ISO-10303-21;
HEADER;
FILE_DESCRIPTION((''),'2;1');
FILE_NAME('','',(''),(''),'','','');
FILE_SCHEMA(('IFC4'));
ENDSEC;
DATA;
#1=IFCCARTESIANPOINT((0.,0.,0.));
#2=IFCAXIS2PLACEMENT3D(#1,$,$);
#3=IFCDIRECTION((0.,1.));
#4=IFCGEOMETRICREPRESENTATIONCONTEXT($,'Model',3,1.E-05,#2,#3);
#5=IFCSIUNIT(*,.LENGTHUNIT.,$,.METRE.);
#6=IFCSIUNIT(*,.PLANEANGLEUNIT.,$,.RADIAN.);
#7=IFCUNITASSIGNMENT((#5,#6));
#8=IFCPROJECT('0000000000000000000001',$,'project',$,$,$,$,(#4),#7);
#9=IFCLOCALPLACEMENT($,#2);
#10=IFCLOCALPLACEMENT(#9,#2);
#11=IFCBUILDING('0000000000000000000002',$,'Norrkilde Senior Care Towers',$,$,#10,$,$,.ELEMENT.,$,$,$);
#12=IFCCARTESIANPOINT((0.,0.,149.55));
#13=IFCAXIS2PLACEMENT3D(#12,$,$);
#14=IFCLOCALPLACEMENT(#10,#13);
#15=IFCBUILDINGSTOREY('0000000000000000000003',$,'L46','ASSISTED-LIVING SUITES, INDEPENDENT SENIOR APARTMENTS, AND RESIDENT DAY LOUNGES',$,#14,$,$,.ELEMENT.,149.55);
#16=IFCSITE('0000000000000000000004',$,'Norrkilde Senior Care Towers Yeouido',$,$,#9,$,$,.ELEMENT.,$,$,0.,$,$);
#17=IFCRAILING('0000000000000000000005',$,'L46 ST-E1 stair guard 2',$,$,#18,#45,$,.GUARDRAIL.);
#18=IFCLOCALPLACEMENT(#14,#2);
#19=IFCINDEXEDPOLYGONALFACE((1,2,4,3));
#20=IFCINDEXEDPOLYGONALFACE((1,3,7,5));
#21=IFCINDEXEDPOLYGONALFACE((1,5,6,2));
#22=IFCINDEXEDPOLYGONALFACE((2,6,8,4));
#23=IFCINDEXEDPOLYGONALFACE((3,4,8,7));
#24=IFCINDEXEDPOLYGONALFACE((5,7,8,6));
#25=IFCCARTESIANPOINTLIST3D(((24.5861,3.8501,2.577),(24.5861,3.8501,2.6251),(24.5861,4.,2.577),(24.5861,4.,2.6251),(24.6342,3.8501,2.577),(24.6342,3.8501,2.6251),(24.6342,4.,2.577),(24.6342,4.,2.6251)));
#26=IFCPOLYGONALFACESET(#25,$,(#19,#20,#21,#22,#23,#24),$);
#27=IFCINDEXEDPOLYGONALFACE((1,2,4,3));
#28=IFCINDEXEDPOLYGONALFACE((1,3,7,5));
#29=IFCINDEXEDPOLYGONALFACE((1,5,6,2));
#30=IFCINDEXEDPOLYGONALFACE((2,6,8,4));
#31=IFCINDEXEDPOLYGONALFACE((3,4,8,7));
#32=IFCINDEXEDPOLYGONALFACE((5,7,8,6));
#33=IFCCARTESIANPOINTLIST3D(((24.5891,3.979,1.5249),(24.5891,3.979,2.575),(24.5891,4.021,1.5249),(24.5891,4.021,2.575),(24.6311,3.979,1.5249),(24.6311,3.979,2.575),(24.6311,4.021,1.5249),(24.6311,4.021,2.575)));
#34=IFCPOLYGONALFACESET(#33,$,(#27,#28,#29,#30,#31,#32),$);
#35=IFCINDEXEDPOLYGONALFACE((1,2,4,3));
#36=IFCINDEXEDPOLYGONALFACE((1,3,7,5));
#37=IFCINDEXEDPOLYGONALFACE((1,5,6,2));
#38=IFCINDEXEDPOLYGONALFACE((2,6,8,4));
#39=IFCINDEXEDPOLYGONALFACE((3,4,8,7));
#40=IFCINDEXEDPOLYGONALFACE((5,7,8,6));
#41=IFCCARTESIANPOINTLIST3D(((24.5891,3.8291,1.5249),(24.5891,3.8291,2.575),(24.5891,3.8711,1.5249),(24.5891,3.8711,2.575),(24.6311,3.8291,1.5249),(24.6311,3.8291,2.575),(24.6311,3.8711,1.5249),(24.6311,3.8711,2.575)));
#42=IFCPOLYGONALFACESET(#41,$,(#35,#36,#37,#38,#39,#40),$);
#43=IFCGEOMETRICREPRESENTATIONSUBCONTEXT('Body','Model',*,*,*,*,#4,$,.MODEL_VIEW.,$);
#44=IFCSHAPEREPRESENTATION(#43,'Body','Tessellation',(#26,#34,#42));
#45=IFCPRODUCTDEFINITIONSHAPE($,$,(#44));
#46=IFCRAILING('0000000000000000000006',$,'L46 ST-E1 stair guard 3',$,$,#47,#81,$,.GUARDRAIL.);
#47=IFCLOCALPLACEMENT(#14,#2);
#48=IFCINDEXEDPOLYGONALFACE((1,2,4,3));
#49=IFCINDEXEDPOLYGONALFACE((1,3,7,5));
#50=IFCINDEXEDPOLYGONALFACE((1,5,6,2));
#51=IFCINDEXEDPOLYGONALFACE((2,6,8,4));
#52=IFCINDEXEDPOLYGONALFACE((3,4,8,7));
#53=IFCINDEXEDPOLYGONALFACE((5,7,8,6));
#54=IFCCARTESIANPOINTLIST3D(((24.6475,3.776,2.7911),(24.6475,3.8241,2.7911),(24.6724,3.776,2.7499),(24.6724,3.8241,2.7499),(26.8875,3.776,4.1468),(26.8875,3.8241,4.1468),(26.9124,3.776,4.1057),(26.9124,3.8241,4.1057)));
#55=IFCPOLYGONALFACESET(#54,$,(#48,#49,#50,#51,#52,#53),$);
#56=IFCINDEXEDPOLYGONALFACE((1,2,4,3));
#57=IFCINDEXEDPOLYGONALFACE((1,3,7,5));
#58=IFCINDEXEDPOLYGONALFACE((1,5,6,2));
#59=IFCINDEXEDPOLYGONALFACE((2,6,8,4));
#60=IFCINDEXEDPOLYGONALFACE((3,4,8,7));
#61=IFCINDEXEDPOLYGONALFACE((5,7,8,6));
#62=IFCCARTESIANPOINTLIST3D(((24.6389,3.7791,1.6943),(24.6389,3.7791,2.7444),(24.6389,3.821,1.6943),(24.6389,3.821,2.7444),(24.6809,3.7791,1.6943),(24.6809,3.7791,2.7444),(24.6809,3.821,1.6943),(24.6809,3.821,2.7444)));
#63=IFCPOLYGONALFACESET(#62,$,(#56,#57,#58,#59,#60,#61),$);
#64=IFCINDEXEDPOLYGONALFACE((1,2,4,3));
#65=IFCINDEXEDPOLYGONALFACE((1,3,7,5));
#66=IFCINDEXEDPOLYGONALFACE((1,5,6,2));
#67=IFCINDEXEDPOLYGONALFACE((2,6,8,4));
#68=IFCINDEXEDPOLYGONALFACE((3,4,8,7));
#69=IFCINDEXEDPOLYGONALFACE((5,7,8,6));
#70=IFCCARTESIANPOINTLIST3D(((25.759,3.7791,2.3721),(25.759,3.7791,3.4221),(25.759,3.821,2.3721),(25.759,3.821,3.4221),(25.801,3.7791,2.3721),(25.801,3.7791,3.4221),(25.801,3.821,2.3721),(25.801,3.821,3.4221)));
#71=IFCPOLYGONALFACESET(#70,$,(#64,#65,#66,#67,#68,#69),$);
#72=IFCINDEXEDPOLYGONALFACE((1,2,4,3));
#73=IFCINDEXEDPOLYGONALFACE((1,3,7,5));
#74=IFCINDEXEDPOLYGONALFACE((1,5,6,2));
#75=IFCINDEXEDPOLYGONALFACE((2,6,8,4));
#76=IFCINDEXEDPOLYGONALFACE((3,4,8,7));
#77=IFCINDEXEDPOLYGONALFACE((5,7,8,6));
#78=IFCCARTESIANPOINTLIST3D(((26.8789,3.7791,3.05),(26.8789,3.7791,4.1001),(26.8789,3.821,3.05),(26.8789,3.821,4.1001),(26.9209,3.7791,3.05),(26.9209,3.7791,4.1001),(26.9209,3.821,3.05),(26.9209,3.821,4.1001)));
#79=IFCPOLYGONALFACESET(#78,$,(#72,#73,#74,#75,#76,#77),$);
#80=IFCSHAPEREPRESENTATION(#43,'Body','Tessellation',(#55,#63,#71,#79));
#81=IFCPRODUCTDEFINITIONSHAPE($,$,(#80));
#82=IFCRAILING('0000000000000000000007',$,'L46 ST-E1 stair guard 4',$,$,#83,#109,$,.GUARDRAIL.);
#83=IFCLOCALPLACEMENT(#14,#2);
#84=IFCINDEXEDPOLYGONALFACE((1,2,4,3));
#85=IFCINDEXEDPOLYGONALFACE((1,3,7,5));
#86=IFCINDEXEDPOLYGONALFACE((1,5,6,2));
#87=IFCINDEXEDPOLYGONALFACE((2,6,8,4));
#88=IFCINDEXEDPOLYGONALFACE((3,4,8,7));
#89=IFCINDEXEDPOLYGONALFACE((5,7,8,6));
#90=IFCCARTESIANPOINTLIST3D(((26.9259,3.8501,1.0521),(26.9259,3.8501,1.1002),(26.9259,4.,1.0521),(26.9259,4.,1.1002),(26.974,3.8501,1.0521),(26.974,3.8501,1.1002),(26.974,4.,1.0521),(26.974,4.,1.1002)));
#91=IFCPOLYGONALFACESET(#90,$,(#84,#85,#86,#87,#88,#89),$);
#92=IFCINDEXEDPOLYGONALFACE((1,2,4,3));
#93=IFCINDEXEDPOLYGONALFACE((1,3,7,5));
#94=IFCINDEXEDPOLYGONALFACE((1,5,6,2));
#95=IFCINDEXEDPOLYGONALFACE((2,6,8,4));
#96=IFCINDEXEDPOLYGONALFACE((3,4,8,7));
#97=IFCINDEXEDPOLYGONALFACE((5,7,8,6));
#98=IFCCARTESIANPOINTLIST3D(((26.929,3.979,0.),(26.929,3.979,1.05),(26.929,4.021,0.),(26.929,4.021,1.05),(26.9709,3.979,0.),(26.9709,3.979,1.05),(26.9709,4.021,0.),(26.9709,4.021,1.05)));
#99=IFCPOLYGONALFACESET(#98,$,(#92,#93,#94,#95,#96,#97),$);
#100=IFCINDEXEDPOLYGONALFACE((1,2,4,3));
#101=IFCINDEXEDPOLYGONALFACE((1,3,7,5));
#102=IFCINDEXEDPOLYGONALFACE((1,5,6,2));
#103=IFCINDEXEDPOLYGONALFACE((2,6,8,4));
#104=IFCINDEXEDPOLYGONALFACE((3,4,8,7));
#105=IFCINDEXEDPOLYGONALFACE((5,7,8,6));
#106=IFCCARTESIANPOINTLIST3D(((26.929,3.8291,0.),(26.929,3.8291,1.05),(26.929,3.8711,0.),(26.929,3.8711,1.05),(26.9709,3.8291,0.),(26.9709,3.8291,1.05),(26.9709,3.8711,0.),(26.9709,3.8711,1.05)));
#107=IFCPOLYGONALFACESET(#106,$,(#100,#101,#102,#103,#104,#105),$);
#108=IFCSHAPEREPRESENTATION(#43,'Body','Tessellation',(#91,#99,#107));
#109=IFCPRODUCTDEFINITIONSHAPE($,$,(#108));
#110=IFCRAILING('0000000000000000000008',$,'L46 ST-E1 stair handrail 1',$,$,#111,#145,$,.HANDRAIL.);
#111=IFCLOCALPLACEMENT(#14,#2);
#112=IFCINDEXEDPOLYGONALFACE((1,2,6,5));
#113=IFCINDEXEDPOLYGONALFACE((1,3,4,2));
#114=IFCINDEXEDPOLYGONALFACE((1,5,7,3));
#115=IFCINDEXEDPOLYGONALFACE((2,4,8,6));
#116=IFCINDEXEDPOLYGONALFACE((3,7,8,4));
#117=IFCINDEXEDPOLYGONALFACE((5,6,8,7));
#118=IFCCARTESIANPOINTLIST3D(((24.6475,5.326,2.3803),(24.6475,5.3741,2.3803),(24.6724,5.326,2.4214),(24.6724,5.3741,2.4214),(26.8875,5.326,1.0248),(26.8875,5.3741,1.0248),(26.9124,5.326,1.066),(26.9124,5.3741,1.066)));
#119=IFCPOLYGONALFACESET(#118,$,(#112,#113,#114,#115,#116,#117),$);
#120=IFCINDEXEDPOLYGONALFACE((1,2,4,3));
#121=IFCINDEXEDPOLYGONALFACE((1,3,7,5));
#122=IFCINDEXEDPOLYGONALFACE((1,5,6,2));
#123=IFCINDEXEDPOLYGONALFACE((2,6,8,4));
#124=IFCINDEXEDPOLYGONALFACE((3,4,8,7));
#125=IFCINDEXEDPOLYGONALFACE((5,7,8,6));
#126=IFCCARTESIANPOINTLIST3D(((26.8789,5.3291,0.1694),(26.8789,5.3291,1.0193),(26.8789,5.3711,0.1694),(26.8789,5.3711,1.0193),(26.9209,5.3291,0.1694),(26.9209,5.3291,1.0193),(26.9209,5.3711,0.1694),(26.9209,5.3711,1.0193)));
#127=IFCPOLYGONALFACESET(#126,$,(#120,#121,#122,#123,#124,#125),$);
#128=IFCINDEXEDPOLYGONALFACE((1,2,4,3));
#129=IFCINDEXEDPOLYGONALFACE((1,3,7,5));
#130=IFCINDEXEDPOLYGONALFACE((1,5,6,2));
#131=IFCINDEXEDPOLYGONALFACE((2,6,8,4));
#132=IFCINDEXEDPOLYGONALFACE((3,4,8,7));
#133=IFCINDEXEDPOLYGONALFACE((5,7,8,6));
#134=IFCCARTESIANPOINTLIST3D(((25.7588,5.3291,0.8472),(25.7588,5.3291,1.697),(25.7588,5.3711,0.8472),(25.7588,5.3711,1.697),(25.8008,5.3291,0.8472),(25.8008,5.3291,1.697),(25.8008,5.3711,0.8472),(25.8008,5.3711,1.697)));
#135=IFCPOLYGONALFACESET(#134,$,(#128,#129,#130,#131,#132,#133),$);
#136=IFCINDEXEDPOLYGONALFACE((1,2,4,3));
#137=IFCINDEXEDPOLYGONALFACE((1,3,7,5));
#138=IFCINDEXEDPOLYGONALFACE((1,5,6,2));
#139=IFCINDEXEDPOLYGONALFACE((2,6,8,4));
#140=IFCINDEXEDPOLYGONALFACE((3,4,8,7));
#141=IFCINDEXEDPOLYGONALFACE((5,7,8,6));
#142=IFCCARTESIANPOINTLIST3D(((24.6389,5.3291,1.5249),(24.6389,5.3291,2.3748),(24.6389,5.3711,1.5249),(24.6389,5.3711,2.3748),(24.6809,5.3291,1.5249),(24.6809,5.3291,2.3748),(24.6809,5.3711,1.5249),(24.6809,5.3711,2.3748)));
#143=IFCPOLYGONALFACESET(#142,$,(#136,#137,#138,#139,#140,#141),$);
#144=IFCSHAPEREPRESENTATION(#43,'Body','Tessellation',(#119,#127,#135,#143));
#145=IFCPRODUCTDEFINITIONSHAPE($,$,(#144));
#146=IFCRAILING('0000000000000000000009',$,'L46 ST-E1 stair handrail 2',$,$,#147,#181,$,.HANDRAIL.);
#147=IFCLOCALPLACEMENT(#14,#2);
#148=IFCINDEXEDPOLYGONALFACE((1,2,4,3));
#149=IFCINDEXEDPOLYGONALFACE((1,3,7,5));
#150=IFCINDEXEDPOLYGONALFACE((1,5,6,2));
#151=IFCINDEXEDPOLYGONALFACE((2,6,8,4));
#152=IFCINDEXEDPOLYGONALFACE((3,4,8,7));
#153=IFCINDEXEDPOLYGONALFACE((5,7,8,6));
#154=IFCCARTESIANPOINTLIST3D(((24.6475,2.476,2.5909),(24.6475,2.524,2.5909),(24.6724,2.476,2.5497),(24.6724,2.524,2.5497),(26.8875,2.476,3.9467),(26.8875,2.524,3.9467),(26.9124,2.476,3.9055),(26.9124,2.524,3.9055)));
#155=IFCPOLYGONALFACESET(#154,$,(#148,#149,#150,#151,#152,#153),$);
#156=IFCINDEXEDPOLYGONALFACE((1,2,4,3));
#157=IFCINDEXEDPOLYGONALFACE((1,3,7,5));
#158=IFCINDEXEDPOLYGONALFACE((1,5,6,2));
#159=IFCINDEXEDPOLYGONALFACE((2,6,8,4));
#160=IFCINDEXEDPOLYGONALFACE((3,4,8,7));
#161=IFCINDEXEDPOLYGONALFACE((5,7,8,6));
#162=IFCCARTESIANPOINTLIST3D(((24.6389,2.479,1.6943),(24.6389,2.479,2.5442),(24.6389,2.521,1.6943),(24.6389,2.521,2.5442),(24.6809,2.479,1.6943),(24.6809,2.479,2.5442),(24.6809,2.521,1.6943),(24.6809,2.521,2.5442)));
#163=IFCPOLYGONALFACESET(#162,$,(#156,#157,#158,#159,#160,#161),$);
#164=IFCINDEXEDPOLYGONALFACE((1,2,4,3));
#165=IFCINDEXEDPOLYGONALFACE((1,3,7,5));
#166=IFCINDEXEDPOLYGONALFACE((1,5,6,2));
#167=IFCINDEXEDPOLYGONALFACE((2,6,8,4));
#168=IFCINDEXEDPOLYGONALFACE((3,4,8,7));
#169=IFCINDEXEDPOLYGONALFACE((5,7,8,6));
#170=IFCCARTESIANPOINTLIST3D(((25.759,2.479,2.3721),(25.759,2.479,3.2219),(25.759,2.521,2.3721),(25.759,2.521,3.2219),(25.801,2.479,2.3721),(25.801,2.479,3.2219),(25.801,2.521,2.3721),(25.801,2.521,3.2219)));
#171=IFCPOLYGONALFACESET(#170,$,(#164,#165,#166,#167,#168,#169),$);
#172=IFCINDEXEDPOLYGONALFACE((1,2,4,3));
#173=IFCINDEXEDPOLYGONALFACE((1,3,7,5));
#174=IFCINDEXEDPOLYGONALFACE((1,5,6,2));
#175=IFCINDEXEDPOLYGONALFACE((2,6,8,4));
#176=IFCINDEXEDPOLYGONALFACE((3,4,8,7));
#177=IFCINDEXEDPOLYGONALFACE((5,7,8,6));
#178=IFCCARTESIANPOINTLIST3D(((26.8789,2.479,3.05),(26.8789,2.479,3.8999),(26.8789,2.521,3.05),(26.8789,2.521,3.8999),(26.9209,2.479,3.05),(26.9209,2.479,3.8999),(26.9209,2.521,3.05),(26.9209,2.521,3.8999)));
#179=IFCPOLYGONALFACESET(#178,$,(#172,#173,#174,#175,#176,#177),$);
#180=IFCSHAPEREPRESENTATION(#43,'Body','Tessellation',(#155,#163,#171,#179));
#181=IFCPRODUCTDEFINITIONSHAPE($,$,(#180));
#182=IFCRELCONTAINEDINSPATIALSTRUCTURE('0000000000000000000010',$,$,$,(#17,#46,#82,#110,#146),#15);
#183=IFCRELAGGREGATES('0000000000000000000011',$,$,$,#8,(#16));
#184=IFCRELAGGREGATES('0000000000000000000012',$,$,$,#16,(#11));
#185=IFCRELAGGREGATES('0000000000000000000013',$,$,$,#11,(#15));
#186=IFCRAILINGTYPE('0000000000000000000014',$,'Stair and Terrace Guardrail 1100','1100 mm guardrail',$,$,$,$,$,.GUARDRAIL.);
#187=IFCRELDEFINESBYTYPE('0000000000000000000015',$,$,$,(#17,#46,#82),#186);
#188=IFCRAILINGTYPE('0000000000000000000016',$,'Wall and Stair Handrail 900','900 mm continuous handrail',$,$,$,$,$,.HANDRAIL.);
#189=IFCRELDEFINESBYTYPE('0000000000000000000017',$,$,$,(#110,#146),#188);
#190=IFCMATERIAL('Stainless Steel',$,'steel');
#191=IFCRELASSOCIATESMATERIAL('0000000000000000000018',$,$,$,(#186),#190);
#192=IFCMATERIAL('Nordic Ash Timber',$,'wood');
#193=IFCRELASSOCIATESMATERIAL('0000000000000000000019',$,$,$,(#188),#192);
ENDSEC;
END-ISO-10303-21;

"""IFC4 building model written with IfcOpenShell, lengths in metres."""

from ifc_helpers import new_model, si_unit, direction, frame, origin, origin_2d, place, context, subcontext, project, spatial, rectangle, extrude, material, type_object, element, save


model = new_model("IFC4")

# Units and contexts
model_context = context("Model", 3, precision=1e-05, world=origin(), true_north=direction((0.0, 1.0)))
body_context = subcontext(model_context, "Body", "Model", "MODEL_VIEW")
ifc_project = project(units=[si_unit("LENGTHUNIT", "METRE"), si_unit("PLANEANGLEUNIT", "RADIAN")], contexts=[model_context])

# Site, building, storey
site_placement = place(None, origin())
site = spatial("IfcSite", under=ifc_project, at=site_placement, Name="Norrkilde Senior Care Towers Yeouido", CompositionType="ELEMENT", RefElevation=0.0)
building_placement = place(site_placement, origin())
building = spatial("IfcBuilding", under=site, at=building_placement, Name="Norrkilde Senior Care Towers", CompositionType="ELEMENT")
storey_placement = place(building_placement, frame((0.0, 0.0, 149.55)))
storey = spatial("IfcBuildingStorey", under=building, at=storey_placement, Name="L46", Description="ASSISTED-LIVING SUITES, INDEPENDENT SENIOR APARTMENTS, AND RESIDENT DAY LOUNGES", CompositionType="ELEMENT", Elevation=149.55)

# Shared definitions
ifc_material_1 = material(Name="Nordic Ash Timber", Category="wood")

# Railings
ifc_material_2 = material(Name="Stainless Steel", Category="steel")
railing_type_1 = type_object("IfcRailingType", Name="Stair and Terrace Guardrail 1100", Description="1100 mm guardrail", PredefinedType="GUARDRAIL", material=ifc_material_2)
railing_1_placement = place(storey_placement, frame((24.6101, 4.0, 1.5249)))
element("IfcRailing", 1, at=railing_1_placement, inside=storey, type_object=railing_type_1, Name="L46 ST-E1 stair guard 2", PredefinedType="GUARDRAIL", context=body_context, shape_type="SweptSolid", body=[
    extrude(rectangle(XDim=0.0481, YDim=0.0481, at=origin_2d()), frame((0.0, 0.0, 1.0762), z_axis=(0.0, -1.0, 0.0), x_axis=(1.0, 0.0, 0.0)), (0.0, 0.0, 1.0), 0.1499),
    extrude(rectangle(XDim=0.042, YDim=0.042, at=origin_2d()), origin(), (0.0, 0.0, 1.0), 1.05),
    extrude(rectangle(XDim=0.042, YDim=0.042, at=origin_2d()), frame((0.0, -0.1499, 0.0)), (0.0, 0.0, 1.0), 1.05),
])
railing_2_placement = place(storey_placement, frame((24.6599, 3.8, 1.6943)))
element("IfcRailing", 2, at=railing_2_placement, inside=storey, type_object=railing_type_1, Name="L46 ST-E1 stair guard 3", PredefinedType="GUARDRAIL", context=body_context, shape_type="SweptSolid", body=[
    extrude(rectangle(XDim=0.0481, YDim=0.0481, at=origin_2d()), frame((0.0, 0.0, 1.0762), z_axis=(0.855512, 0.0, 0.517783), x_axis=(0.0, 1.0, 0.0)), (0.0, 0.0, 1.0), 2.6184),
    extrude(rectangle(XDim=0.042, YDim=0.042, at=origin_2d()), origin(), (0.0, 0.0, 1.0), 1.05),
    extrude(rectangle(XDim=0.042, YDim=0.042, at=origin_2d()), frame((1.1201, 0.0, 0.6777)), (0.0, 0.0, 1.0), 1.05),
    extrude(rectangle(XDim=0.042, YDim=0.042, at=origin_2d()), frame((2.24, 0.0, 1.3557)), (0.0, 0.0, 1.0), 1.05),
])
railing_3_placement = place(storey_placement, frame((26.95, 4.0, 0.0)))
element("IfcRailing", 3, at=railing_3_placement, inside=storey, type_object=railing_type_1, Name="L46 ST-E1 stair guard 4", PredefinedType="GUARDRAIL", context=body_context, shape_type="SweptSolid", body=[
    extrude(rectangle(XDim=0.0481, YDim=0.0481, at=origin_2d()), frame((0.0, 0.0, 1.0762), z_axis=(0.0, -1.0, 0.0), x_axis=(1.0, 0.0, 0.0)), (0.0, 0.0, 1.0), 0.1499),
    extrude(rectangle(XDim=0.042, YDim=0.042, at=origin_2d()), origin(), (0.0, 0.0, 1.0), 1.05),
    extrude(rectangle(XDim=0.042, YDim=0.042, at=origin_2d()), frame((0.0, -0.1499, 0.0)), (0.0, 0.0, 1.0), 1.05),
])
railing_type_2 = type_object("IfcRailingType", Name="Wall and Stair Handrail 900", Description="900 mm continuous handrail", PredefinedType="HANDRAIL", material=ifc_material_1)
railing_4_placement = place(storey_placement, frame((26.8999, 5.3501, 0.1694)))
element("IfcRailing", 4, at=railing_4_placement, inside=storey, type_object=railing_type_2, Name="L46 ST-E1 stair handrail 1", PredefinedType="HANDRAIL", context=body_context, shape_type="SweptSolid", body=[
    extrude(rectangle(XDim=0.0481, YDim=0.0481, at=origin_2d()), frame((0.0, 0.0, 0.876), z_axis=(-0.855553, 0.0, 0.517715), x_axis=(0.0, -1.0, 0.0)), (0.0, 0.0, 1.0), 2.6182),
    extrude(rectangle(XDim=0.042, YDim=0.042, at=origin_2d()), origin(), (0.0, 0.0, 1.0), 0.8499),
    extrude(rectangle(XDim=0.042, YDim=0.042, at=origin_2d()), frame((-1.1201, 0.0, 0.6777)), (0.0, 0.0, 1.0), 0.8499),
    extrude(rectangle(XDim=0.042, YDim=0.042, at=origin_2d()), frame((-2.24, 0.0, 1.3555)), (0.0, 0.0, 1.0), 0.8499),
])
railing_5_placement = place(storey_placement, frame((24.6599, 2.5, 1.6943)))
element("IfcRailing", 5, at=railing_5_placement, inside=storey, type_object=railing_type_2, Name="L46 ST-E1 stair handrail 2", PredefinedType="HANDRAIL", context=body_context, shape_type="SweptSolid", body=[
    extrude(rectangle(XDim=0.0481, YDim=0.0481, at=origin_2d()), frame((0.0, 0.0, 0.876), z_axis=(0.855512, 0.0, 0.517783), x_axis=(0.0, 1.0, 0.0)), (0.0, 0.0, 1.0), 2.6184),
    extrude(rectangle(XDim=0.042, YDim=0.042, at=origin_2d()), origin(), (0.0, 0.0, 1.0), 0.8499),
    extrude(rectangle(XDim=0.042, YDim=0.042, at=origin_2d()), frame((1.1201, 0.0, 0.6777)), (0.0, 0.0, 1.0), 0.8499),
    extrude(rectangle(XDim=0.042, YDim=0.042, at=origin_2d()), frame((2.24, 0.0, 1.3557)), (0.0, 0.0, 1.0), 0.8499),
])

save(model, "model.ifc")
